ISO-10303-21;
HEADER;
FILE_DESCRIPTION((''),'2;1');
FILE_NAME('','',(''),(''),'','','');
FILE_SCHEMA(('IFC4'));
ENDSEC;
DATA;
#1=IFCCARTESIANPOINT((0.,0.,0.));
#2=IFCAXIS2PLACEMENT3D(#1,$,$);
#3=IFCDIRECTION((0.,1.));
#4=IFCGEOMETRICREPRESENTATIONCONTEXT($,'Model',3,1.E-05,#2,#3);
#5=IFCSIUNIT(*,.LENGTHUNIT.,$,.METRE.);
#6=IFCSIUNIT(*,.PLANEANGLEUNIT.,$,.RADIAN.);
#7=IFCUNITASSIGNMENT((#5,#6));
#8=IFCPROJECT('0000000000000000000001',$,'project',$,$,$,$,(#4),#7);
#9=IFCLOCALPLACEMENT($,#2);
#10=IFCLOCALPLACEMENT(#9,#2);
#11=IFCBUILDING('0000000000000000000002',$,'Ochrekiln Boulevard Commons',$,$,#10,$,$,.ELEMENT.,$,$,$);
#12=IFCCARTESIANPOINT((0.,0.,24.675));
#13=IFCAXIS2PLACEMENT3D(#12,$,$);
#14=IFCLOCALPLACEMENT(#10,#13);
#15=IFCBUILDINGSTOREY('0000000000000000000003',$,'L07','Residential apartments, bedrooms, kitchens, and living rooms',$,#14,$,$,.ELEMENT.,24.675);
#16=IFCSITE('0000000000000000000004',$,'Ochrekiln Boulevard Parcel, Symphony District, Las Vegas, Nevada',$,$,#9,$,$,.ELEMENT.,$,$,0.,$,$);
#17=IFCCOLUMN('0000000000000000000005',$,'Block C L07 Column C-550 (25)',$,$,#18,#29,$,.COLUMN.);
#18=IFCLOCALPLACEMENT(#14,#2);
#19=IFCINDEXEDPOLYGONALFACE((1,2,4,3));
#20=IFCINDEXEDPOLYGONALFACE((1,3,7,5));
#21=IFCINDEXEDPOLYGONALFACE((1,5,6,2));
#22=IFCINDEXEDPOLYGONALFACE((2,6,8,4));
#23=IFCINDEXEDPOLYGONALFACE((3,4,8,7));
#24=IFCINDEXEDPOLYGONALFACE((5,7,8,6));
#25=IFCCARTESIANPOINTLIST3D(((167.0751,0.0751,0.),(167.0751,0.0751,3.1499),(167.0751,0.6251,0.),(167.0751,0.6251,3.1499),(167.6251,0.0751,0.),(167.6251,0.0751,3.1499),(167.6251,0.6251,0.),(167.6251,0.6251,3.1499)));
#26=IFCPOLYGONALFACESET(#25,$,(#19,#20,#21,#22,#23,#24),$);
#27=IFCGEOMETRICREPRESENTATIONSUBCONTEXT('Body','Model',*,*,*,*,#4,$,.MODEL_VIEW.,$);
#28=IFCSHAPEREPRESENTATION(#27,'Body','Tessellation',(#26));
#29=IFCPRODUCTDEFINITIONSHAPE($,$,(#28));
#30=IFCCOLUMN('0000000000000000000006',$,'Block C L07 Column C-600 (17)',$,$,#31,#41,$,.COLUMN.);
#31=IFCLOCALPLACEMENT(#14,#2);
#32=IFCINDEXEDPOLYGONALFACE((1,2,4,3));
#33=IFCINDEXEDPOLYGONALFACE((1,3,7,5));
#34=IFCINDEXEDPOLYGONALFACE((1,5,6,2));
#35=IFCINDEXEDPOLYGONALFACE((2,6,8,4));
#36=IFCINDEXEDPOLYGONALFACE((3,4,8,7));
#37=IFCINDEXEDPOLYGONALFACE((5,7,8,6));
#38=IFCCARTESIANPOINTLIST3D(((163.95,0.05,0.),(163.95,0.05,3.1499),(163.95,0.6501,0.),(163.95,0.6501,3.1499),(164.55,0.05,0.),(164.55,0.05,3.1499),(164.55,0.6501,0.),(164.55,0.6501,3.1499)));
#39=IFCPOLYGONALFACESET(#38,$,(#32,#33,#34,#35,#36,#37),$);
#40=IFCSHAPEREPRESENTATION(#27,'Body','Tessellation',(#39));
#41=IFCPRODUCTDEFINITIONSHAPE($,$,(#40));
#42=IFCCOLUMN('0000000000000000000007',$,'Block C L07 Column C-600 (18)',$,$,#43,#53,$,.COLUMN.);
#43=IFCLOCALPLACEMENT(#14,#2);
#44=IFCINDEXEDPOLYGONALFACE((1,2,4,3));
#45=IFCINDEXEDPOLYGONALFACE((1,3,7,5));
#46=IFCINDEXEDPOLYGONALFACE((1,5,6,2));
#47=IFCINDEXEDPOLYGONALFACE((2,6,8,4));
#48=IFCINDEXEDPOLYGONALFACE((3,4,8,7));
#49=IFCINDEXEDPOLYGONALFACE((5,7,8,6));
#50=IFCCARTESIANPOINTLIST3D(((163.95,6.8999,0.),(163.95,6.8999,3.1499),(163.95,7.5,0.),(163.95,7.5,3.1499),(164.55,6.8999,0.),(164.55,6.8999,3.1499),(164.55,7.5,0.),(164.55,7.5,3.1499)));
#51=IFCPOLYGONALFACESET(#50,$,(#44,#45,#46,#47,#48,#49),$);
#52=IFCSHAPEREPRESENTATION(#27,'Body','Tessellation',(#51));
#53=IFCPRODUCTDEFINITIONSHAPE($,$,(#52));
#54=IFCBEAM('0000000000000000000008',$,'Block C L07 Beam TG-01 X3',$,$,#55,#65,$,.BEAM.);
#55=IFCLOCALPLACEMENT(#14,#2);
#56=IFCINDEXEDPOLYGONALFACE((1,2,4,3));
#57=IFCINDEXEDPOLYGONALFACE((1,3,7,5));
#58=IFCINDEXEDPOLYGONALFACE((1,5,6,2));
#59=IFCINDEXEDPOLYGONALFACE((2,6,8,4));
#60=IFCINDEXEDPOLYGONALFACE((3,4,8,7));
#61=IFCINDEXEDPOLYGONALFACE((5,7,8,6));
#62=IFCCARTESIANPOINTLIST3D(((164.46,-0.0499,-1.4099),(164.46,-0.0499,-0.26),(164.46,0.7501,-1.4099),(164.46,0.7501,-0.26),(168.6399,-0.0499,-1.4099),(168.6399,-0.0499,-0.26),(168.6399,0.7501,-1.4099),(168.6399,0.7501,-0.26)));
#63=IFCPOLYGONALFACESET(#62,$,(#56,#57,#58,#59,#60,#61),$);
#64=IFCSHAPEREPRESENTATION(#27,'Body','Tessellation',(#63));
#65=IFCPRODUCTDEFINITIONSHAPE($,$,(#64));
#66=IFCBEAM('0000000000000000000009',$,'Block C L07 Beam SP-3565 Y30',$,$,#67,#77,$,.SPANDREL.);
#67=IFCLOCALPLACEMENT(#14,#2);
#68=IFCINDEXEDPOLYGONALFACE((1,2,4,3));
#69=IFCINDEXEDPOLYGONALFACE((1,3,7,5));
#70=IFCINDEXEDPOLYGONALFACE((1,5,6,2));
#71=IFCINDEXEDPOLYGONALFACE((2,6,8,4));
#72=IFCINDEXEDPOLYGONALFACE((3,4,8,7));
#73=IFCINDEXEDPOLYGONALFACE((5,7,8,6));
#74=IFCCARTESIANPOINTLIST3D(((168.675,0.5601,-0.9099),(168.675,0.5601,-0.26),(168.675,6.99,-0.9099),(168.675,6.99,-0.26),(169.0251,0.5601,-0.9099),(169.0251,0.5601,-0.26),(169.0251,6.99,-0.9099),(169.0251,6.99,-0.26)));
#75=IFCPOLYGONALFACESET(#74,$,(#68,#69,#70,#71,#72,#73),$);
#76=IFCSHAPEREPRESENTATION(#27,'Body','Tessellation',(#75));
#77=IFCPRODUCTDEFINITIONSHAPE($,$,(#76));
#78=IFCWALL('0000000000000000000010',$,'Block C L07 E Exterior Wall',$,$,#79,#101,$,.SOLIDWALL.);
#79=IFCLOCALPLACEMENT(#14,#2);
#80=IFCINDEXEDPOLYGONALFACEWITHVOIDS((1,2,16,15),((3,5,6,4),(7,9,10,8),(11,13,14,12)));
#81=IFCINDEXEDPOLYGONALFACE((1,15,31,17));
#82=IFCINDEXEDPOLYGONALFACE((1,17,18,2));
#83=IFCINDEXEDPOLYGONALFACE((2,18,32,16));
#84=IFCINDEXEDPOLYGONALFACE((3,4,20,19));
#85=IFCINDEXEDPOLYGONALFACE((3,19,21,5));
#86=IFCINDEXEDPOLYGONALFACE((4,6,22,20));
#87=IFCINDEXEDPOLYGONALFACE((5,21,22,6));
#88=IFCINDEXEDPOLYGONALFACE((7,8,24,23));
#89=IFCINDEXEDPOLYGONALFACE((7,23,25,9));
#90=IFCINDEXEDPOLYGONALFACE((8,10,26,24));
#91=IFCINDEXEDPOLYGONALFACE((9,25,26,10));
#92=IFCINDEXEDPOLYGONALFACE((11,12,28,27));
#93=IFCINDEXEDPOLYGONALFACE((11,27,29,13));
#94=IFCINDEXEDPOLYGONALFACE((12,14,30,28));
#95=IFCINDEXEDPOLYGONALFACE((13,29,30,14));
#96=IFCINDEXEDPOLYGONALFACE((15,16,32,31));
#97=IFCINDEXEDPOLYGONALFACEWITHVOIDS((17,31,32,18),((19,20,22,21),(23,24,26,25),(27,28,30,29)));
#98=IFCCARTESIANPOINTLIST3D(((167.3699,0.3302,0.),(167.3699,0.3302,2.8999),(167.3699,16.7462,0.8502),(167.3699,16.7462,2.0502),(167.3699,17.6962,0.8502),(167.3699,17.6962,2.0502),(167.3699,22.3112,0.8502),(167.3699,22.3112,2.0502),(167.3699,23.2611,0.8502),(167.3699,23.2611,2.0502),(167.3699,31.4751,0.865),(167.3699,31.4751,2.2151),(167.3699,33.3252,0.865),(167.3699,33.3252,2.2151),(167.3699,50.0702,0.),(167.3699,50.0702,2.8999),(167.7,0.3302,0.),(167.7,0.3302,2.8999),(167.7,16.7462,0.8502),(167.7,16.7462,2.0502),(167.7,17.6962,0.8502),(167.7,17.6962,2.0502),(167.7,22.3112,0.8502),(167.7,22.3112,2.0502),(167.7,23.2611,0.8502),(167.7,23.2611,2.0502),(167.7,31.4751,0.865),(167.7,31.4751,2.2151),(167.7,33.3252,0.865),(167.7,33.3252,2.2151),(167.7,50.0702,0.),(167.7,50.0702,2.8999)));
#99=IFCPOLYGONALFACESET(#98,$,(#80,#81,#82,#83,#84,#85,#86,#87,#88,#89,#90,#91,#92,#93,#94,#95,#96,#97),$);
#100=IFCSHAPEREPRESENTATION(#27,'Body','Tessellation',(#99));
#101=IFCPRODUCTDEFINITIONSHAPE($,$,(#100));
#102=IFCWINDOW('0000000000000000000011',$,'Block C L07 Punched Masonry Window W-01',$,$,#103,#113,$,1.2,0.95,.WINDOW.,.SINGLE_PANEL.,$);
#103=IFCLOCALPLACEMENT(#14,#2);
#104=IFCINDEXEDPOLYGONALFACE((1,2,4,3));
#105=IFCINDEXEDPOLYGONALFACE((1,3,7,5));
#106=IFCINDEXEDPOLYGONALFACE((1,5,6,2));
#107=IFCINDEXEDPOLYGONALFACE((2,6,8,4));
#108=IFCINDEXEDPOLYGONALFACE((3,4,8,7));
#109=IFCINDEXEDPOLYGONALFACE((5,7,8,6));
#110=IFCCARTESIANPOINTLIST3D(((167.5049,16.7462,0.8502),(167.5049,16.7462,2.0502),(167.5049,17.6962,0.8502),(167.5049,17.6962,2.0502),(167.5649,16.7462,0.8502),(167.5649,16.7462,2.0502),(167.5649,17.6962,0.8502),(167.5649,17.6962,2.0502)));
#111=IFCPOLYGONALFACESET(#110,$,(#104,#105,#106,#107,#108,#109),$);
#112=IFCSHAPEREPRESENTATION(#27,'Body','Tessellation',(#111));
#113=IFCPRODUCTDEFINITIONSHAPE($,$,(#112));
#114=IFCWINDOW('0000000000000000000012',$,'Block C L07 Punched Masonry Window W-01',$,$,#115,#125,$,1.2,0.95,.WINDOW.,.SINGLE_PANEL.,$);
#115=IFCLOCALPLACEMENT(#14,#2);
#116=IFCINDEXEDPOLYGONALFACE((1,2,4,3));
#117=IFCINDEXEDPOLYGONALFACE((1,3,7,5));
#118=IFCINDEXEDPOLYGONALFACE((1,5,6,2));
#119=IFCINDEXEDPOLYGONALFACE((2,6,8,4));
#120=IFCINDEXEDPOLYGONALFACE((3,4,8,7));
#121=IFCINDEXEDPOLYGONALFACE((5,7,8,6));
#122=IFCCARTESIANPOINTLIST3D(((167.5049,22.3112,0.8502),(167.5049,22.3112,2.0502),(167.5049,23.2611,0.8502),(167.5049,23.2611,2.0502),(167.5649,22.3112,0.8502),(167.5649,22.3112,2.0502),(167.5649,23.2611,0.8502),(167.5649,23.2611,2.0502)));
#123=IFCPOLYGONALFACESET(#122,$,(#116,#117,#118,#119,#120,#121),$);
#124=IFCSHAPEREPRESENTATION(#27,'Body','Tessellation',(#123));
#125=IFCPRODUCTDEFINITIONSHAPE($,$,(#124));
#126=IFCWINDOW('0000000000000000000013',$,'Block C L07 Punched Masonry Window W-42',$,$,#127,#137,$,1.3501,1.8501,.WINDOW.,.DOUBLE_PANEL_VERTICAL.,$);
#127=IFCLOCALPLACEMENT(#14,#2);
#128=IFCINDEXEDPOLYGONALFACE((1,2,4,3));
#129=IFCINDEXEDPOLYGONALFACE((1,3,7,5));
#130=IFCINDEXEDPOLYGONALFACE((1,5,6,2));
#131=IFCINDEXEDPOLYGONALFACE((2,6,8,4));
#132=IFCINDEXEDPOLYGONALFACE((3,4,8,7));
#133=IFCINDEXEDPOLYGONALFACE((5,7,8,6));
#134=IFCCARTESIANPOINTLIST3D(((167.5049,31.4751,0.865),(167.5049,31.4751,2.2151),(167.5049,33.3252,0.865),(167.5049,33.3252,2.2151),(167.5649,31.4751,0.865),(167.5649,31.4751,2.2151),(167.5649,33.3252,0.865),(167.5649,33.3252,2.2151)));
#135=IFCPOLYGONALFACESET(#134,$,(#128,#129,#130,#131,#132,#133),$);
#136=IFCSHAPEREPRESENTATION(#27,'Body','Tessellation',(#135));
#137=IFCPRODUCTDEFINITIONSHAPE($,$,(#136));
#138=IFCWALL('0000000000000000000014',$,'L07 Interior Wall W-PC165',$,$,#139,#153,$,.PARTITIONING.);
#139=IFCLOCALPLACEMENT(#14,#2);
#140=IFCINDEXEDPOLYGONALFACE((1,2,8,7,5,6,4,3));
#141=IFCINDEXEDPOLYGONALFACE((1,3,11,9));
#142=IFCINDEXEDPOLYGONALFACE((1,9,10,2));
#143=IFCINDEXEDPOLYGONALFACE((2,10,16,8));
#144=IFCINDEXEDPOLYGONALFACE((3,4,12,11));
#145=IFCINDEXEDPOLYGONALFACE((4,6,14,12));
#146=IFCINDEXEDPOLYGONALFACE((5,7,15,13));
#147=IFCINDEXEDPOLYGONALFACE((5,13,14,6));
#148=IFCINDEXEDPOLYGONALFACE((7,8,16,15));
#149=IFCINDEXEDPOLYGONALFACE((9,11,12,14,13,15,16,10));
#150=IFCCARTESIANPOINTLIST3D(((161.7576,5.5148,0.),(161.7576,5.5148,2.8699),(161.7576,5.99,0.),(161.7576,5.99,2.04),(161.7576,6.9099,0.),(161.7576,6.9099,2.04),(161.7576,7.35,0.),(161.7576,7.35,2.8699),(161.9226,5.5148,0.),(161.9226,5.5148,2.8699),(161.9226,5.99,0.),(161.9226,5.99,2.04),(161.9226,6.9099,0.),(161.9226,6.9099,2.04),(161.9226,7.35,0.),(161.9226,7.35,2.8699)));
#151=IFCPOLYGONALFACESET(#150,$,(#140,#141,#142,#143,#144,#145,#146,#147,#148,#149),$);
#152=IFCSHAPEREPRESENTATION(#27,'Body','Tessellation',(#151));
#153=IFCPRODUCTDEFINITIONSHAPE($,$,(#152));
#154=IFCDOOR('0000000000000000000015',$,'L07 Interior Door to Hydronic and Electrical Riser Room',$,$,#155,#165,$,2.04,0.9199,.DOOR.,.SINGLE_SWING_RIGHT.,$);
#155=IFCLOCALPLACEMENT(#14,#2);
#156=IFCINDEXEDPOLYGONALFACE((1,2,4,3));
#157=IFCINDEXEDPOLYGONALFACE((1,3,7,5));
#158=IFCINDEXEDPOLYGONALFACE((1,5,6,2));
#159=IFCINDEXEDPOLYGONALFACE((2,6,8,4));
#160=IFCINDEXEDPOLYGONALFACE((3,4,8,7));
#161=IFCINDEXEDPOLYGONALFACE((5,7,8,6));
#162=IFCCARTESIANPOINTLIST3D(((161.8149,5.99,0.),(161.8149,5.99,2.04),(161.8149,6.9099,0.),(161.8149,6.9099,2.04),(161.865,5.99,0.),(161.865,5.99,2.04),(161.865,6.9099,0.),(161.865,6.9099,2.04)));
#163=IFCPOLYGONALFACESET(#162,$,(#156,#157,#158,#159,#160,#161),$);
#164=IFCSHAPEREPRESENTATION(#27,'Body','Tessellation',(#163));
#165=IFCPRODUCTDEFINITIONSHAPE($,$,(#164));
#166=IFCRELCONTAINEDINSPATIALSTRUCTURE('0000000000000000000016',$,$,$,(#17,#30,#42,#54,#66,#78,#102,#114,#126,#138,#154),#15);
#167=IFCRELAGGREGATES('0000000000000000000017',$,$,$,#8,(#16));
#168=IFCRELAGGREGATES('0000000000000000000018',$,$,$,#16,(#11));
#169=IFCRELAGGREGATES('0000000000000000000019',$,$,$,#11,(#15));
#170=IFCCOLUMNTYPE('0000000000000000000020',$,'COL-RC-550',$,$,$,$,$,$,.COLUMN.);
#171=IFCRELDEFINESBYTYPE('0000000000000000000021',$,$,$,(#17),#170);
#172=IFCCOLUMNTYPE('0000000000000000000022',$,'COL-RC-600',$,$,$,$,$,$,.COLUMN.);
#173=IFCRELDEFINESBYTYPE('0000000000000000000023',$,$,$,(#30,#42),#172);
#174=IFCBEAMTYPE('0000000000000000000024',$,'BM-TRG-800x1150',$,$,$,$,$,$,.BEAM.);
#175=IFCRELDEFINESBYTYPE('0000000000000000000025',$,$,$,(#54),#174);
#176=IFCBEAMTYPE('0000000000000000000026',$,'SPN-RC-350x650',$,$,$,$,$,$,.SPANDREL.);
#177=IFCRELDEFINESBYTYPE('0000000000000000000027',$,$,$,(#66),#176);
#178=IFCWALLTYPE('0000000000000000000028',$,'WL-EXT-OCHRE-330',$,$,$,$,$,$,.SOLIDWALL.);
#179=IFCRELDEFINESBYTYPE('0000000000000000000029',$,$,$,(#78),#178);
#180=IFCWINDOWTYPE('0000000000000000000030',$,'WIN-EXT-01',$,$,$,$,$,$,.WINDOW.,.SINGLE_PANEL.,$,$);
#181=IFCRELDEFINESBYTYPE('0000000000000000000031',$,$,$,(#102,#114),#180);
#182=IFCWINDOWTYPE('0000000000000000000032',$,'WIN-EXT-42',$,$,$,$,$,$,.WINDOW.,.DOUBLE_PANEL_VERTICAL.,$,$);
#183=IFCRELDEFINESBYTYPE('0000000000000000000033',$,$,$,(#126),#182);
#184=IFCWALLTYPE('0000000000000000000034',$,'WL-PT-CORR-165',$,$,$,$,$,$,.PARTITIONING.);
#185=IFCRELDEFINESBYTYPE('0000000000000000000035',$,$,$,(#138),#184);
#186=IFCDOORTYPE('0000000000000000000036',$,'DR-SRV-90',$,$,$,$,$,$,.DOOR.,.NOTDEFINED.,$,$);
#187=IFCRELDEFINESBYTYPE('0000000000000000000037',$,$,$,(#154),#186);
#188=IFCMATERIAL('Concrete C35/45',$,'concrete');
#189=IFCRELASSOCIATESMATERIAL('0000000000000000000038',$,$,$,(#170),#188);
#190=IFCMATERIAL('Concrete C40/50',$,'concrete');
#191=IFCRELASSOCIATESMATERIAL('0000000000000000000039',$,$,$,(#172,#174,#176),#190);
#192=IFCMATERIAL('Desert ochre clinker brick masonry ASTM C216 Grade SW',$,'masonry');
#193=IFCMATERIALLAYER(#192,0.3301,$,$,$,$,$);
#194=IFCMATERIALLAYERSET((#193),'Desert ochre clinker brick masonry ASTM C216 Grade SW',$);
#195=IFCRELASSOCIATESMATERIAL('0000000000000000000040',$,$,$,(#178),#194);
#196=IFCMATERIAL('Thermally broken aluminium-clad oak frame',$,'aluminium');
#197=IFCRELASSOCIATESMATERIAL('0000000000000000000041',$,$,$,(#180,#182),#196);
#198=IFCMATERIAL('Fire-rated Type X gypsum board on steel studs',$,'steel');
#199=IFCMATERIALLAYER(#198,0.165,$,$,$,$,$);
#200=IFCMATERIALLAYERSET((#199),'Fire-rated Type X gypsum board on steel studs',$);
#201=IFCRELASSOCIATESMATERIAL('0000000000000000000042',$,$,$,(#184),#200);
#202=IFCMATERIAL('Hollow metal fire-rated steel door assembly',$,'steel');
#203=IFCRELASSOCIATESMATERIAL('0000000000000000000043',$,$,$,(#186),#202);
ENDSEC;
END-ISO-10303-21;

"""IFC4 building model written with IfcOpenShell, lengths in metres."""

from ifc_helpers import new_model, si_unit, direction, frame, frame_2d, origin, origin_2d, place, context, subcontext, project, spatial, rectangle, extrude, material, layer, layer_set, material_profile, profile_set, type_object, element, fill, save


model = new_model("IFC4")

# Units and contexts
model_context = context("Model", 3, precision=1e-05, world=origin(), true_north=direction((0.0, 1.0)))
body_context = subcontext(model_context, "Body", "Model", "MODEL_VIEW")
ifc_project = project(units=[si_unit("LENGTHUNIT", "METRE"), si_unit("PLANEANGLEUNIT", "RADIAN")], contexts=[model_context])

# Site, building, storey
site_placement = place(None, origin())
site = spatial("IfcSite", under=ifc_project, at=site_placement, Name="Ochrekiln Boulevard Parcel, Symphony District, Las Vegas, Nevada", CompositionType="ELEMENT", RefElevation=0.0)
building_placement = place(site_placement, origin())
building = spatial("IfcBuilding", under=site, at=building_placement, Name="Ochrekiln Boulevard Commons", CompositionType="ELEMENT")
storey_placement = place(building_placement, frame((0.0, 0.0, 24.675)))
storey = spatial("IfcBuildingStorey", under=building, at=storey_placement, Name="L07", Description="Residential apartments, bedrooms, kitchens, and living rooms", CompositionType="ELEMENT", Elevation=24.675)

# Columns
ifc_material_1 = material(Name="Concrete C35/45", Category="concrete")
ifc_material_profile_1 = material_profile(ifc_material_1, rectangle(XDim=0.55, YDim=0.55, at=origin_2d()), Name="RC-COL-550x550")
ifc_profile_set_1 = profile_set([ifc_material_profile_1], Name="Concrete C35/45")
column_type_1 = type_object("IfcColumnType", Name="COL-RC-550", PredefinedType="COLUMN", material=ifc_profile_set_1)
column_placement = place(storey_placement, frame((167.3501, 0.3501, 0.0), z_axis=(0.0, 0.0, 1.0), x_axis=(1.0, 0.0, 0.0)))
element("IfcColumn", 1, at=column_placement, inside=storey, type_object=column_type_1, Name="Block C L07 Column C-550 (25)", PredefinedType="COLUMN", context=body_context, shape_type="SweptSolid", body=[
    extrude(rectangle(XDim=0.55, YDim=0.55, at=origin_2d()), origin(), (0.0, 0.0, 1.0), 3.1499),
])
ifc_material_2 = material(Name="Concrete C40/50", Category="concrete")
ifc_material_profile_2 = material_profile(ifc_material_2, rectangle(XDim=0.6001, YDim=0.6001, at=origin_2d()), Name="RC-COL-600x600")
ifc_profile_set_2 = profile_set([ifc_material_profile_2], Name="Concrete C40/50")
column_type_2 = type_object("IfcColumnType", Name="COL-RC-600", PredefinedType="COLUMN", material=ifc_profile_set_2)
for number, where, z_axis, x_axis, name in (
    (2, (164.25, 0.3501, 0.0), (0.0, 0.0, 1.0), (1.0, 0.0, 0.0), "Block C L07 Column C-600 (17)"),
    (3, (164.25, 7.2, 0.0), (0.0, 0.0, 1.0), (1.0, 0.0, 0.0), "Block C L07 Column C-600 (18)"),
):
    element("IfcColumn", number, at=place(storey_placement, frame(where, z_axis=z_axis, x_axis=x_axis)), inside=storey, type_object=column_type_2, Name=name, PredefinedType="COLUMN", context=body_context, shape_type="SweptSolid", body=[
        extrude(rectangle(XDim=0.6001, YDim=0.6001, at=origin_2d()), origin(), (0.0, 0.0, 1.0), 3.1499),
    ])

# Beams
ifc_material_profile_3 = material_profile(ifc_material_2, rectangle(XDim=0.8, YDim=1.1499, at=origin_2d()), Name="RC-TRG-800x1150")
ifc_profile_set_3 = profile_set([ifc_material_profile_3], Name="Concrete C40/50")
beam_type_1 = type_object("IfcBeamType", Name="BM-TRG-800x1150", PredefinedType="BEAM", material=ifc_profile_set_3)
beam_1_placement = place(storey_placement, frame((164.46, 0.3501, -0.835), z_axis=(1.0, 0.0, 0.0), x_axis=(0.0, 1.0, 0.0)))
element("IfcBeam", 4, at=beam_1_placement, inside=storey, type_object=beam_type_1, Name="Block C L07 Beam TG-01 X3", PredefinedType="BEAM", context=body_context, shape_type="SweptSolid", body=[
    extrude(rectangle(XDim=0.8, YDim=1.1499, at=origin_2d()), origin(), (0.0, 0.0, 1.0), 4.1799),
])
ifc_material_profile_4 = material_profile(ifc_material_2, rectangle(XDim=0.3501, YDim=0.6499, at=origin_2d()), Name="RC-SPN-350x650")
ifc_profile_set_4 = profile_set([ifc_material_profile_4], Name="Concrete C40/50")
beam_type_2 = type_object("IfcBeamType", Name="SPN-RC-350x650", PredefinedType="SPANDREL", material=ifc_profile_set_4)
beam_2_placement = place(storey_placement, frame((168.8501, 0.5601, -0.585), z_axis=(0.0, 1.0, 0.0), x_axis=(-1.0, 0.0, 0.0)))
element("IfcBeam", 5, at=beam_2_placement, inside=storey, type_object=beam_type_2, Name="Block C L07 Beam SP-3565 Y30", PredefinedType="SPANDREL", context=body_context, shape_type="SweptSolid", body=[
    extrude(rectangle(XDim=0.3501, YDim=0.6499, at=origin_2d()), origin(), (0.0, 0.0, 1.0), 6.4299),
])

# Wall, openings, windows
ifc_material_3 = material(Name="Desert ochre clinker brick masonry ASTM C216 Grade SW", Category="masonry")
ifc_layer_1 = layer(ifc_material_3, 0.3301)
ifc_layer_set_1 = layer_set([ifc_layer_1], Name="Desert ochre clinker brick masonry ASTM C216 Grade SW")
wall_type_1 = type_object("IfcWallType", Name="WL-EXT-OCHRE-330", PredefinedType="SOLIDWALL", material=ifc_layer_set_1)
wall_1_placement = place(storey_placement, frame((167.5349, 0.3301, 0.0), z_axis=(0.0, 0.0, 1.0), x_axis=(0.0, 1.0, 0.0)))
wall_1 = element("IfcWall", 6, at=wall_1_placement, inside=storey, type_object=wall_type_1, Name="Block C L07 E Exterior Wall", PredefinedType="SOLIDWALL", context=body_context, shape_type="SweptSolid", body=[
    extrude(rectangle(XDim=49.74, YDim=0.3301, at=frame_2d((24.8701, 0.0))), origin(), (0.0, 0.0, 1.0), 2.8999),
])
opening_1_placement = place(wall_1_placement, frame((16.416, 0.0, 0.8501)))
opening_1 = element("IfcOpeningElement", 7, at=opening_1_placement, cuts=wall_1, PredefinedType="OPENING", context=body_context, shape_type="SweptSolid", body=[
    extrude(rectangle(XDim=0.95, YDim=1.2, at=frame_2d((0.4751, 0.6001))), frame((0.0, 0.175, 0.0), z_axis=(0.0, -1.0, 0.0), x_axis=(1.0, 0.0, 0.0)), (0.0, 0.0, 1.0), 0.3501),
])
opening_2_placement = place(wall_1_placement, frame((21.981, 0.0, 0.8501)))
opening_2 = element("IfcOpeningElement", 8, at=opening_2_placement, cuts=wall_1, PredefinedType="OPENING", context=body_context, shape_type="SweptSolid", body=[
    extrude(rectangle(XDim=0.95, YDim=1.2, at=frame_2d((0.4751, 0.6001))), frame((0.0, 0.175, 0.0), z_axis=(0.0, -1.0, 0.0), x_axis=(1.0, 0.0, 0.0)), (0.0, 0.0, 1.0), 0.3501),
])
opening_3_placement = place(wall_1_placement, frame((31.145, 0.0, 0.865)))
opening_3 = element("IfcOpeningElement", 9, at=opening_3_placement, cuts=wall_1, PredefinedType="OPENING", context=body_context, shape_type="SweptSolid", body=[
    extrude(rectangle(XDim=1.8501, YDim=1.3501, at=frame_2d((0.925, 0.675))), frame((0.0, 0.175, 0.0), z_axis=(0.0, -1.0, 0.0), x_axis=(1.0, 0.0, 0.0)), (0.0, 0.0, 1.0), 0.3501),
])
ifc_material_4 = material(Name="Thermally broken aluminium-clad oak frame", Category="aluminium")
window_type_1 = type_object("IfcWindowType", Name="WIN-EXT-01", PartitioningType="SINGLE_PANEL", PredefinedType="WINDOW", material=ifc_material_4)
window_1_placement = place(opening_1_placement, origin())
window_1 = element("IfcWindow", 10, at=window_1_placement, inside=storey, type_object=window_type_1, Name="Block C L07 Punched Masonry Window W-01", OverallHeight=1.2, OverallWidth=0.95, PartitioningType="SINGLE_PANEL", PredefinedType="WINDOW", context=body_context, shape_type="SweptSolid", body=[
    extrude(rectangle(XDim=0.95, YDim=1.2, at=frame_2d((0.4751, 0.6001))), frame((0.0, 0.03, 0.0), z_axis=(0.0, -1.0, 0.0), x_axis=(1.0, 0.0, 0.0)), (0.0, 0.0, 1.0), 0.0601),
])
fill(opening_1, window_1)
window_2_placement = place(opening_2_placement, origin())
window_2 = element("IfcWindow", 11, at=window_2_placement, inside=storey, type_object=window_type_1, Name="Block C L07 Punched Masonry Window W-01", OverallHeight=1.2, OverallWidth=0.95, PartitioningType="SINGLE_PANEL", PredefinedType="WINDOW", context=body_context, shape_type="SweptSolid", body=[
    extrude(rectangle(XDim=0.95, YDim=1.2, at=frame_2d((0.4751, 0.6001))), frame((0.0, 0.03, 0.0), z_axis=(0.0, -1.0, 0.0), x_axis=(1.0, 0.0, 0.0)), (0.0, 0.0, 1.0), 0.0601),
])
fill(opening_2, window_2)
window_type_2 = type_object("IfcWindowType", Name="WIN-EXT-42", PartitioningType="DOUBLE_PANEL_VERTICAL", PredefinedType="WINDOW", material=ifc_material_4)
window_3_placement = place(opening_3_placement, origin())
window_3 = element("IfcWindow", 12, at=window_3_placement, inside=storey, type_object=window_type_2, Name="Block C L07 Punched Masonry Window W-42", OverallHeight=1.3501, OverallWidth=1.8501, PartitioningType="DOUBLE_PANEL_VERTICAL", PredefinedType="WINDOW", context=body_context, shape_type="SweptSolid", body=[
    extrude(rectangle(XDim=1.8501, YDim=1.3501, at=frame_2d((0.925, 0.675))), frame((0.0, 0.03, 0.0), z_axis=(0.0, -1.0, 0.0), x_axis=(1.0, 0.0, 0.0)), (0.0, 0.0, 1.0), 0.0601),
])
fill(opening_3, window_3)

# Wall, opening, door
ifc_material_5 = material(Name="Fire-rated Type X gypsum board on steel studs", Category="steel")
ifc_layer_2 = layer(ifc_material_5, 0.165)
ifc_layer_set_2 = layer_set([ifc_layer_2], Name="Fire-rated Type X gypsum board on steel studs")
wall_type_2 = type_object("IfcWallType", Name="WL-PT-CORR-165", PredefinedType="PARTITIONING", material=ifc_layer_set_2)
wall_2_placement = place(storey_placement, frame((161.8401, 5.5149, 0.0), z_axis=(0.0, 0.0, 1.0), x_axis=(0.0, 1.0, 0.0)))
wall_2 = element("IfcWall", 13, at=wall_2_placement, inside=storey, type_object=wall_type_2, Name="L07 Interior Wall W-PC165", PredefinedType="PARTITIONING", context=body_context, shape_type="SweptSolid", body=[
    extrude(rectangle(XDim=1.8352, YDim=0.165, at=frame_2d((0.9175, 0.0))), origin(), (0.0, 0.0, 1.0), 2.8699),
])
opening_4_placement = place(wall_2_placement, frame((0.4751, 0.0, 0.0)))
opening_4 = element("IfcOpeningElement", 14, at=opening_4_placement, cuts=wall_2, PredefinedType="OPENING", context=body_context, shape_type="SweptSolid", body=[
    extrude(rectangle(XDim=0.9199, YDim=2.04, at=frame_2d((0.46, 1.02))), frame((0.0, 0.0925, 0.0), z_axis=(0.0, -1.0, 0.0), x_axis=(1.0, 0.0, 0.0)), (0.0, 0.0, 1.0), 0.1851),
])
ifc_material_6 = material(Name="Hollow metal fire-rated steel door assembly", Category="steel")
door_type_1 = type_object("IfcDoorType", Name="DR-SRV-90", OperationType="NOTDEFINED", PredefinedType="DOOR", material=ifc_material_6)
door_1_placement = place(opening_4_placement, frame((0.9199, 0.0, 0.0), z_axis=(0.0, 0.0, 1.0), x_axis=(-1.0, 0.0, 0.0)))
door_1 = element("IfcDoor", 15, at=door_1_placement, inside=storey, type_object=door_type_1, Name="L07 Interior Door to Hydronic and Electrical Riser Room", OperationType="SINGLE_SWING_RIGHT", OverallHeight=2.04, OverallWidth=0.9199, PredefinedType="DOOR", context=body_context, shape_type="SweptSolid", body=[
    extrude(rectangle(XDim=0.9199, YDim=2.04, at=frame_2d((0.46, 1.02))), frame((0.0, 0.0249, 0.0), z_axis=(0.0, -1.0, 0.0), x_axis=(1.0, 0.0, 0.0)), (0.0, 0.0, 1.0), 0.05),
])
fill(opening_4, door_1)

save(model, "model.ifc")
